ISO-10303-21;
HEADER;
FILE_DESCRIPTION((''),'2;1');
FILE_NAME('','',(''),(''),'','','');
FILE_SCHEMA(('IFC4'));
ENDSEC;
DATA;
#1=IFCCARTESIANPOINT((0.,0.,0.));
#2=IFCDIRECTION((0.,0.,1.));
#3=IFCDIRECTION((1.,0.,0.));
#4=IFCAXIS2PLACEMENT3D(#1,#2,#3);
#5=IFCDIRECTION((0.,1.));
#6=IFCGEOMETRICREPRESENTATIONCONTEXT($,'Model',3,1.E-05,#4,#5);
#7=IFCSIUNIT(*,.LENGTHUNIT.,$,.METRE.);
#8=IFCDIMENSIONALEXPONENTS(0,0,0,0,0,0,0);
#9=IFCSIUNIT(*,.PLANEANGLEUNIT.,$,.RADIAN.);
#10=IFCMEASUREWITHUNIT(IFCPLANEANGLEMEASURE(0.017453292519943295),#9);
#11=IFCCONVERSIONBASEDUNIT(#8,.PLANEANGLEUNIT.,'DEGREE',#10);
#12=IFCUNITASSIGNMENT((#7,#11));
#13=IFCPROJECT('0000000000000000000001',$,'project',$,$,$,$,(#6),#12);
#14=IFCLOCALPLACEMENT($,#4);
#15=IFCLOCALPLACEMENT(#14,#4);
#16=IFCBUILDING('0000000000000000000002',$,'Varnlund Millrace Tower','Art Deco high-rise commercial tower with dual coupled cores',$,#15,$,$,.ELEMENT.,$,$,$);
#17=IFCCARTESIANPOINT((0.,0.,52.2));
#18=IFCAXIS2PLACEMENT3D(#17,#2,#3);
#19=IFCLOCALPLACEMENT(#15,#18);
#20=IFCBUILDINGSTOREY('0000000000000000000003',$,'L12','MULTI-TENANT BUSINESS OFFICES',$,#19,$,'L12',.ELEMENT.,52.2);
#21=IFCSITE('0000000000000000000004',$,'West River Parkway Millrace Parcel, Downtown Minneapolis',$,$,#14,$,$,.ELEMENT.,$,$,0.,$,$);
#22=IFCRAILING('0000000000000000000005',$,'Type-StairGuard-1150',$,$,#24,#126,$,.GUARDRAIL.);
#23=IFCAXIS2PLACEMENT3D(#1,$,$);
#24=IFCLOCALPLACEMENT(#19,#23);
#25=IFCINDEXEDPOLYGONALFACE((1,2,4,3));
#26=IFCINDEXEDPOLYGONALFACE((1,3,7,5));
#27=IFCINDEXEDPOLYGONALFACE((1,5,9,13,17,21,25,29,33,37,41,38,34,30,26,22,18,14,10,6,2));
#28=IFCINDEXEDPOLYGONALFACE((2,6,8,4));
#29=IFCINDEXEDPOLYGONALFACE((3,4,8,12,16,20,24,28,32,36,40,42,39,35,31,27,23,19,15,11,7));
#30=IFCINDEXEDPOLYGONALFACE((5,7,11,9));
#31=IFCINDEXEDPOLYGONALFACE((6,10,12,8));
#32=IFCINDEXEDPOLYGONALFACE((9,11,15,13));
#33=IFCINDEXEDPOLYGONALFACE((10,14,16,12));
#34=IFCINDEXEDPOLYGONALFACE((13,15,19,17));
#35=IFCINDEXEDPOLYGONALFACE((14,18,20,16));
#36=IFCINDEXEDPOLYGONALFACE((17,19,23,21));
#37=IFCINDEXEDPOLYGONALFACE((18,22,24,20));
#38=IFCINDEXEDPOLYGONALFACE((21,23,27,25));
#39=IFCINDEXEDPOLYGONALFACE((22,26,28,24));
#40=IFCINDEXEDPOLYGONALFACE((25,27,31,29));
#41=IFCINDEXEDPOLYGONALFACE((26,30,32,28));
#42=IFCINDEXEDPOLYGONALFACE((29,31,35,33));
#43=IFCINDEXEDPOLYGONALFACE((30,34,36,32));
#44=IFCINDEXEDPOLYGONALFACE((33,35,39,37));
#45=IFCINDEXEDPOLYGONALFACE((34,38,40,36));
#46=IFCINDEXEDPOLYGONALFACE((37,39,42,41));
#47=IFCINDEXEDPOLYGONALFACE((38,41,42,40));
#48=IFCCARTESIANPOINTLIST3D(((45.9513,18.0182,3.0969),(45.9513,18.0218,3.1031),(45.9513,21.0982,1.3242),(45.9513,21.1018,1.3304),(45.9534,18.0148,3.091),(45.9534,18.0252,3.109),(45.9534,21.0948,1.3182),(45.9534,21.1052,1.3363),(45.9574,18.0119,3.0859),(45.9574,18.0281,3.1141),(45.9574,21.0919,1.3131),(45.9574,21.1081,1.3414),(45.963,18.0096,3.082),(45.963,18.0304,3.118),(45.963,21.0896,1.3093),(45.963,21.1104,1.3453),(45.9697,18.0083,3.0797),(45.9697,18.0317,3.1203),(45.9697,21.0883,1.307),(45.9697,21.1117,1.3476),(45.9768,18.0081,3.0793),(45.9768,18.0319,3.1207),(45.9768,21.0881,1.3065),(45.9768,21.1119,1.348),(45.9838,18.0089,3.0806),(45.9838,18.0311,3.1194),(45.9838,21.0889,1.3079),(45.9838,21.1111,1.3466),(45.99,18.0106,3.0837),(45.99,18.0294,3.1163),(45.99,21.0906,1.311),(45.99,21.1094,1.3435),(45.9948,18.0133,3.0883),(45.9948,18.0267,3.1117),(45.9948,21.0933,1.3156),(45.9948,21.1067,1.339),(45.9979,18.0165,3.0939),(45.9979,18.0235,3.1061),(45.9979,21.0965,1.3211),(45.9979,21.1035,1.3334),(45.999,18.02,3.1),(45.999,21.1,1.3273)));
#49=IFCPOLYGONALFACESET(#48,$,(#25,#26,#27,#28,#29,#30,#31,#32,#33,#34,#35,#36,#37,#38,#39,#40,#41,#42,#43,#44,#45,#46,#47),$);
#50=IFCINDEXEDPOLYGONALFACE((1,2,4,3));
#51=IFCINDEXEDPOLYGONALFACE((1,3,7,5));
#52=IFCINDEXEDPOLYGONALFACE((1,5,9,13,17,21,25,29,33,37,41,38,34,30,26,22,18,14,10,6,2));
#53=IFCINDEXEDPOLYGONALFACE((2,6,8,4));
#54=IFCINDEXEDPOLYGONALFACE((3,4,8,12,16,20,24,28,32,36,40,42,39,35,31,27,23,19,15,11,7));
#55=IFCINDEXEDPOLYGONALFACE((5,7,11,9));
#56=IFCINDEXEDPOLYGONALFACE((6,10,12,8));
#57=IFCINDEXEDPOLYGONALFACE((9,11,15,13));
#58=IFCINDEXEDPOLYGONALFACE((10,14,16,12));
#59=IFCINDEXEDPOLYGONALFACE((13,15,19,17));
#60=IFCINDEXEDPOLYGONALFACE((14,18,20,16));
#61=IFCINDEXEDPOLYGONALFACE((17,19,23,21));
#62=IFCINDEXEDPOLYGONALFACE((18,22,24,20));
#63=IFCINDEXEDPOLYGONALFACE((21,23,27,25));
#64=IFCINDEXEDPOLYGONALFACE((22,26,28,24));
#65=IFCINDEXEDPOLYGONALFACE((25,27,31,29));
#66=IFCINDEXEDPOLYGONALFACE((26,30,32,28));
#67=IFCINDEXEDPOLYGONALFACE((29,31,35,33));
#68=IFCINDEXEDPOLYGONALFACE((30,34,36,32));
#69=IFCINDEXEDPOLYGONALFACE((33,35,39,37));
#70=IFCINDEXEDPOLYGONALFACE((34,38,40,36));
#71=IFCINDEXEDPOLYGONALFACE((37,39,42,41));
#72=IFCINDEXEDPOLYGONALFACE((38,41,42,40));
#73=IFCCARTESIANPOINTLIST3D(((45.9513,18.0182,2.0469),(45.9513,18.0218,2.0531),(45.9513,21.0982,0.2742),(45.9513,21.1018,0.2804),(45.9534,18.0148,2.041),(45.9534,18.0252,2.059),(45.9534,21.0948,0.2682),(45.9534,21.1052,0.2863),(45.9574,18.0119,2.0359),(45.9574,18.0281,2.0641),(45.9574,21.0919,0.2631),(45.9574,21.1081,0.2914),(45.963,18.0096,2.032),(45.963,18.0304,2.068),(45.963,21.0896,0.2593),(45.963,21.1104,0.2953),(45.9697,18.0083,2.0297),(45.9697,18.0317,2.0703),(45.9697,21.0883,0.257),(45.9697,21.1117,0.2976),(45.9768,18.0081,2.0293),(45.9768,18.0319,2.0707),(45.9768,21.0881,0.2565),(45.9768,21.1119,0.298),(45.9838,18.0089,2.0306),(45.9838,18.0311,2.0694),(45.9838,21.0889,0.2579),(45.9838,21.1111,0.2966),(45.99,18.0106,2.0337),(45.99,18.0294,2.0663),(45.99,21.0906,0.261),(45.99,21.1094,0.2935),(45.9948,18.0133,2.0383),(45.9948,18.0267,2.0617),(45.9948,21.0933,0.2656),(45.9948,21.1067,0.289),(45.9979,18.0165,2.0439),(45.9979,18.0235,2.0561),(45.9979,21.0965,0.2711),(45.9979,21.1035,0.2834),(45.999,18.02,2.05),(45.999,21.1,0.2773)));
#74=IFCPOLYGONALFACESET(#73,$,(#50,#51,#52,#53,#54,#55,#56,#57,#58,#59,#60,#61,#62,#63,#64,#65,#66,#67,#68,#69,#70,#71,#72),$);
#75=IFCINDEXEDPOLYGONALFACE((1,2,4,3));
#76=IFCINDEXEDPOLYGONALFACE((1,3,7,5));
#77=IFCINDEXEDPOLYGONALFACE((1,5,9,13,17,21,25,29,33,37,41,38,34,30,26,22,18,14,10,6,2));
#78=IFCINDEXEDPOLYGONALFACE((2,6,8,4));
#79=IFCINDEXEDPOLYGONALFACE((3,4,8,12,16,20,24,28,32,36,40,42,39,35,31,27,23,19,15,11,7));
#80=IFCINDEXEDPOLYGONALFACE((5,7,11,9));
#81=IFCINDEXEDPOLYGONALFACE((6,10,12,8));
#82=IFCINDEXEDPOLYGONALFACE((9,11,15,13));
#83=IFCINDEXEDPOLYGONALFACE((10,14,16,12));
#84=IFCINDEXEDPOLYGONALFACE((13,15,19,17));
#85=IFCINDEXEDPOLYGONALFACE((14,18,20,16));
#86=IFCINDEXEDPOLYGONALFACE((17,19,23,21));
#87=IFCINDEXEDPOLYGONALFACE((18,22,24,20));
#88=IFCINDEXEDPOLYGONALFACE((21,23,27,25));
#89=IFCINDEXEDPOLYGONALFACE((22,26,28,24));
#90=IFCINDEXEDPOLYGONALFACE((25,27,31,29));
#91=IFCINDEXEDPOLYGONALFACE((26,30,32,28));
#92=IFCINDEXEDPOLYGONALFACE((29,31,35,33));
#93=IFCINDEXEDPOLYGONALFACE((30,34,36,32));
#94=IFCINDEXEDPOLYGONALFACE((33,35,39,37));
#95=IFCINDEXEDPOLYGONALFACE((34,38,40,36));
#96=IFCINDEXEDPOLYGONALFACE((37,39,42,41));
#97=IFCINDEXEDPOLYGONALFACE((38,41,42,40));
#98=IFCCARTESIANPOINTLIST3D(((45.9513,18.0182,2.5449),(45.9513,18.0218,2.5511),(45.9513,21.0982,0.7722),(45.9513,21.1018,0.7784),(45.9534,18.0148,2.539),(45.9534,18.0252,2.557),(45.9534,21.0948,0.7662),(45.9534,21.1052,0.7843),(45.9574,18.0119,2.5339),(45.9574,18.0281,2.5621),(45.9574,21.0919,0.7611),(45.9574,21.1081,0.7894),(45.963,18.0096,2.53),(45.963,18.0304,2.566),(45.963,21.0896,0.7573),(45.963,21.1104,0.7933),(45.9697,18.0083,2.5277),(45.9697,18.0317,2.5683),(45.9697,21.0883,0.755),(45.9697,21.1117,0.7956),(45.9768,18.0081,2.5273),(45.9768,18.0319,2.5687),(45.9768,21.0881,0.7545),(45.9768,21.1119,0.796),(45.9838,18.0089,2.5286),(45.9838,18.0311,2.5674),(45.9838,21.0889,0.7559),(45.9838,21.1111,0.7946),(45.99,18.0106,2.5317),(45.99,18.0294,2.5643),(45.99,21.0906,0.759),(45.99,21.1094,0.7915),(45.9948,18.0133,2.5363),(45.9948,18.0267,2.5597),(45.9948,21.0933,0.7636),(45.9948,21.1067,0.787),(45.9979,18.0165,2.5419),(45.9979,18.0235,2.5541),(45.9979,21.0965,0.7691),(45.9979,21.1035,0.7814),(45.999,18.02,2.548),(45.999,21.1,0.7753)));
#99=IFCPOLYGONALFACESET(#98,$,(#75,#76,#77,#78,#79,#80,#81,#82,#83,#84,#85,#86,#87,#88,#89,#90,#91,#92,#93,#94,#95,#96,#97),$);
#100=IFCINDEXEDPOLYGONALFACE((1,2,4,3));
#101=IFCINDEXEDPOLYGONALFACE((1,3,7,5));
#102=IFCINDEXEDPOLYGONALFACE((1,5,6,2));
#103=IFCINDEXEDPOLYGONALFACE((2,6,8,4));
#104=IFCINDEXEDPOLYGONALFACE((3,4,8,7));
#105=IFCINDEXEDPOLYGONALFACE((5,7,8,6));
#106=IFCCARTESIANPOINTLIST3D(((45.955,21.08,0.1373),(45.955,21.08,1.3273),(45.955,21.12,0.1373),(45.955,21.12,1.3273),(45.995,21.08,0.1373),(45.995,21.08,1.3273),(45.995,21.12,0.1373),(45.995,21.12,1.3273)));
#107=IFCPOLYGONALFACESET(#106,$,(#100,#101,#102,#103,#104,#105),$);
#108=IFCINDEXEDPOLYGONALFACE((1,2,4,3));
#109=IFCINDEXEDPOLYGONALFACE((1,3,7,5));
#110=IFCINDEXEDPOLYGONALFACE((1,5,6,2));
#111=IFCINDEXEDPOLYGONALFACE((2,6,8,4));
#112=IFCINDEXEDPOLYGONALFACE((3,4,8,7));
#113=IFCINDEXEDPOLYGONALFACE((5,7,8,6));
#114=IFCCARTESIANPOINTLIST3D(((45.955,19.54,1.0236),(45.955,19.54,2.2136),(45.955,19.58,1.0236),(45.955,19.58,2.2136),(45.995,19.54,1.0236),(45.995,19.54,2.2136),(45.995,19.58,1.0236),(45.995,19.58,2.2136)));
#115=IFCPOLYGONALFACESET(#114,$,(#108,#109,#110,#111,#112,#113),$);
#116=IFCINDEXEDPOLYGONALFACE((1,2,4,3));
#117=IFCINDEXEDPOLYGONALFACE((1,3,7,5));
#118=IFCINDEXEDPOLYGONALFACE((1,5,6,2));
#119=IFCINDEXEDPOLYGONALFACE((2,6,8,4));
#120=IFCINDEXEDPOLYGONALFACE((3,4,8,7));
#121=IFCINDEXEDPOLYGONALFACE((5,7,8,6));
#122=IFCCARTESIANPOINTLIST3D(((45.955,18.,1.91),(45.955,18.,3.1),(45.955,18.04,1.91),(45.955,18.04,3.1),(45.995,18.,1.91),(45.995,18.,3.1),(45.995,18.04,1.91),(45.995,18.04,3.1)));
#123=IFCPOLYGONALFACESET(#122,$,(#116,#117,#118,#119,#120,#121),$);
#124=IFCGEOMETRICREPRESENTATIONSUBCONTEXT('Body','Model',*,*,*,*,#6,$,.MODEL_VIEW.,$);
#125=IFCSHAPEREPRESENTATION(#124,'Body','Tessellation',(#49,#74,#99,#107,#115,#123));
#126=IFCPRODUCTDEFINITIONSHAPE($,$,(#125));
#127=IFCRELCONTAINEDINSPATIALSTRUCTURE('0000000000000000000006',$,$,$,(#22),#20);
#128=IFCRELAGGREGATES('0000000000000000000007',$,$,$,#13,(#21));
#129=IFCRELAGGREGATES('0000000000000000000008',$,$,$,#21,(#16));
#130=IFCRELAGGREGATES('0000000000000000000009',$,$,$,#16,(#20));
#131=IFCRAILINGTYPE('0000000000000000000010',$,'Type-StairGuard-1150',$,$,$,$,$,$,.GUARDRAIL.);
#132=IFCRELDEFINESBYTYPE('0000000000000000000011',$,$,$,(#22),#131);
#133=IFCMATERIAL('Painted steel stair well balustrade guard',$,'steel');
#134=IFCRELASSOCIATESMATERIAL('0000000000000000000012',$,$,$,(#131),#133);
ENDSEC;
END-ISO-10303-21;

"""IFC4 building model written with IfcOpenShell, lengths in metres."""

from ifc_helpers import new_model, entity, si_unit, converted_unit, direction, frame, origin_with_axes, origin_2d_with_axis, place, context, subcontext, project, spatial, rectangle, circle, extrude, material, type_object, element, save


model = new_model("IFC4")

# Units and contexts
model_context = context("Model", 3, precision=1e-05, world=origin_with_axes(), true_north=direction((0.0, 1.0)))
body_context = subcontext(model_context, "Body", "Model", "MODEL_VIEW")
ifc_project = project(units=[si_unit("LENGTHUNIT", "METRE"), converted_unit("PLANEANGLEUNIT", "DEGREE", entity("IfcPlaneAngleMeasure", 0.017453292519943295), si_unit("PLANEANGLEUNIT", "RADIAN"), dimensions=[0, 0, 0, 0, 0, 0, 0])], contexts=[model_context])

# Site, building, storey
site_placement = place(None, origin_with_axes())
site = spatial("IfcSite", under=ifc_project, at=site_placement, Name="West River Parkway Millrace Parcel, Downtown Minneapolis", CompositionType="ELEMENT", RefElevation=0.0)
building_placement = place(site_placement, origin_with_axes())
building = spatial("IfcBuilding", under=site, at=building_placement, Name="Varnlund Millrace Tower", Description="Art Deco high-rise commercial tower with dual coupled cores", CompositionType="ELEMENT")
storey_placement = place(building_placement, frame((0.0, 0.0, 52.2), z_axis=(0.0, 0.0, 1.0), x_axis=(1.0, 0.0, 0.0)))
storey = spatial("IfcBuildingStorey", under=building, at=storey_placement, Name="L12", Description="MULTI-TENANT BUSINESS OFFICES", LongName="L12", CompositionType="ELEMENT", Elevation=52.2)

# Railing
ifc_material_1 = material(Name="Painted steel stair well balustrade guard", Category="steel")
railing_type_1 = type_object("IfcRailingType", Name="Type-StairGuard-1150", PredefinedType="GUARDRAIL", material=ifc_material_1)
railing_1_placement = place(storey_placement, frame((0.0, 0.0, -52.2), z_axis=(0.0, 0.0, 1.0), x_axis=(1.0, 0.0, 0.0)))
element("IfcRailing", 1, at=railing_1_placement, inside=storey, type_object=railing_type_1, Name="Type-StairGuard-1150", PredefinedType="GUARDRAIL", context=body_context, shape_type="SweptSolid", body=[
    extrude(circle(Radius=0.024, at=origin_2d_with_axis()), frame((45.975, 21.1, 53.5273), z_axis=(0.0, -0.866696, 0.498836), x_axis=(1.0, 0.0, 0.0)), (0.0, 0.0, 1.0), 3.5537),
    extrude(circle(Radius=0.024, at=origin_2d_with_axis()), frame((45.975, 21.1, 52.4773), z_axis=(0.0, -0.866696, 0.498836), x_axis=(1.0, 0.0, 0.0)), (0.0, 0.0, 1.0), 3.5537),
    extrude(circle(Radius=0.024, at=origin_2d_with_axis()), frame((45.975, 21.1, 52.9753), z_axis=(0.0, -0.866696, 0.498836), x_axis=(1.0, 0.0, 0.0)), (0.0, 0.0, 1.0), 3.5537),
    extrude(rectangle(XDim=0.04, YDim=0.04, at=origin_2d_with_axis()), frame((45.975, 21.1, 52.3373), z_axis=(0.0, 0.0, 1.0), x_axis=(1.0, 0.0, 0.0)), (0.0, 0.0, 1.0), 1.19),
    extrude(rectangle(XDim=0.04, YDim=0.04, at=origin_2d_with_axis()), frame((45.975, 19.56, 53.2236), z_axis=(0.0, 0.0, 1.0), x_axis=(1.0, 0.0, 0.0)), (0.0, 0.0, 1.0), 1.19),
    extrude(rectangle(XDim=0.04, YDim=0.04, at=origin_2d_with_axis()), frame((45.975, 18.02, 54.11), z_axis=(0.0, 0.0, 1.0), x_axis=(1.0, 0.0, 0.0)), (0.0, 0.0, 1.0), 1.19),
])

save(model, "model.ifc")
